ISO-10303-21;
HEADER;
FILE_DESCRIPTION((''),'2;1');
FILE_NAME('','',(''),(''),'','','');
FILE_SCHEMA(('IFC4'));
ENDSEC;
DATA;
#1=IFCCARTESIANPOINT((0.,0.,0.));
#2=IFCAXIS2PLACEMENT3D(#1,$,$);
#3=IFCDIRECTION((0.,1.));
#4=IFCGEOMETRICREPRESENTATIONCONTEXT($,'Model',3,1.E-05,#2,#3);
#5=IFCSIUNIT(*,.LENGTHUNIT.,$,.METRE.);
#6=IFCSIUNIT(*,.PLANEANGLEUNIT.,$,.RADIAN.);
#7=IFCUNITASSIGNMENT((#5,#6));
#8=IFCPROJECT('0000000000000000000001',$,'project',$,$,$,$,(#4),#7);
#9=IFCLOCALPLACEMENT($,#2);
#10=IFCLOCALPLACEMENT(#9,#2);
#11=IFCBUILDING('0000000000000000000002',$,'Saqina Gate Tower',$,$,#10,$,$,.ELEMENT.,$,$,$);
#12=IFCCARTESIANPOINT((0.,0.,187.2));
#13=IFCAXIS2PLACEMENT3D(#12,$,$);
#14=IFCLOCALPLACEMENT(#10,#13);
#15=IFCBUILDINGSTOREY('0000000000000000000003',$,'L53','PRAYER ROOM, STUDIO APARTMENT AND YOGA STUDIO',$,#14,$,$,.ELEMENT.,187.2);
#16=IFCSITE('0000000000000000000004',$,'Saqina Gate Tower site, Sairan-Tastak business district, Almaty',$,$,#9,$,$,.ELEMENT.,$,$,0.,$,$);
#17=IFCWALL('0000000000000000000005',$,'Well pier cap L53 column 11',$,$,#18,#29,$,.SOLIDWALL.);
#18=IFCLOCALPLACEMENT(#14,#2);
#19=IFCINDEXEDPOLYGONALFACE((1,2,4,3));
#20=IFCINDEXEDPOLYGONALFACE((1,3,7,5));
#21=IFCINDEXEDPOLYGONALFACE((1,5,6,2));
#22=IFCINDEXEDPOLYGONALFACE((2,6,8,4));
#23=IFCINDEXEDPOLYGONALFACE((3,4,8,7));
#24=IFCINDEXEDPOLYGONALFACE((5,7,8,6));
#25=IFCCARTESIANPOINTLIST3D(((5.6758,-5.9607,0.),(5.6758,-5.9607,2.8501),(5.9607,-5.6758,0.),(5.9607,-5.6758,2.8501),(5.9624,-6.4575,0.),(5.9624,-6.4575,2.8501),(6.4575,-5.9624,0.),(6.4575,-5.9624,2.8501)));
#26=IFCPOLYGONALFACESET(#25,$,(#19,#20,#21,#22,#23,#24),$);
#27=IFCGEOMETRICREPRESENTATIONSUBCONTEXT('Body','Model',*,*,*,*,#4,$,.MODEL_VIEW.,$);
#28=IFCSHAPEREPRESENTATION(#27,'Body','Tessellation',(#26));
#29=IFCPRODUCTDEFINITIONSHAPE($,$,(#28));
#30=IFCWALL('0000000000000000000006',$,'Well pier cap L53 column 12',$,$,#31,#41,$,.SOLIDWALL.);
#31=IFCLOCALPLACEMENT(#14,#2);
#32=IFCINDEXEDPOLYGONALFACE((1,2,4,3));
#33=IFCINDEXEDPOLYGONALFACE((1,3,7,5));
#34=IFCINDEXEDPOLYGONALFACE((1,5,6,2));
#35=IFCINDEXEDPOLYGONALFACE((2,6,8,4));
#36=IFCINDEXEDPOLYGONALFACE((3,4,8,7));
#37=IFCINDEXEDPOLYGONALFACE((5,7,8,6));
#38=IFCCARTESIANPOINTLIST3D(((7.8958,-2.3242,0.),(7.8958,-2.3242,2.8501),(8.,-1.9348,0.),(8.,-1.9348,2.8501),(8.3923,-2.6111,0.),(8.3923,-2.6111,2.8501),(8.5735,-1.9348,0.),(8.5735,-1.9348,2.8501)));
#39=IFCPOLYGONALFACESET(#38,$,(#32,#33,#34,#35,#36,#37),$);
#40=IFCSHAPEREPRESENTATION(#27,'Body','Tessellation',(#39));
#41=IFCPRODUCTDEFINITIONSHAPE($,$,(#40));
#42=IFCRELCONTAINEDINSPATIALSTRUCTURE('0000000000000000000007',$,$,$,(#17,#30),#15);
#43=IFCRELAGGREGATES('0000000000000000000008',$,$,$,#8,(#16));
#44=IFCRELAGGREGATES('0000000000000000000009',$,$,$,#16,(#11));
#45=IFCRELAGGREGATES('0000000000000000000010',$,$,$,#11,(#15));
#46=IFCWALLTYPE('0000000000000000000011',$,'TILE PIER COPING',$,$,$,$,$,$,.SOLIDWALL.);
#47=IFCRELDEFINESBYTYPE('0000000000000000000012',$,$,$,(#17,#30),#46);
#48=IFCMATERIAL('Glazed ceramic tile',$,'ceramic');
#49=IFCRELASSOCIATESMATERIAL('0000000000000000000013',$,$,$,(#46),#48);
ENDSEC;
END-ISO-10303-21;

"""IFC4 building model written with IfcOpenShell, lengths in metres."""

from ifc_helpers import new_model, si_unit, direction, frame, origin, place, context, subcontext, project, spatial, polyline, outline, extrude, material, type_object, element, save


model = new_model("IFC4")

# Units and contexts
model_context = context("Model", 3, precision=1e-05, world=origin(), true_north=direction((0.0, 1.0)))
body_context = subcontext(model_context, "Body", "Model", "MODEL_VIEW")
ifc_project = project(units=[si_unit("LENGTHUNIT", "METRE"), si_unit("PLANEANGLEUNIT", "RADIAN")], contexts=[model_context])

# Site, building, storey
site_placement = place(None, origin())
site = spatial("IfcSite", under=ifc_project, at=site_placement, Name="Saqina Gate Tower site, Sairan-Tastak business district, Almaty", CompositionType="ELEMENT", RefElevation=0.0)
building_placement = place(site_placement, origin())
building = spatial("IfcBuilding", under=site, at=building_placement, Name="Saqina Gate Tower", CompositionType="ELEMENT")
storey_placement = place(building_placement, frame((0.0, 0.0, 187.2)))
storey = spatial("IfcBuildingStorey", under=building, at=storey_placement, Name="L53", Description="PRAYER ROOM, STUDIO APARTMENT AND YOGA STUDIO", CompositionType="ELEMENT", Elevation=187.2)

# Walls
ifc_material_1 = material(Name="Glazed ceramic tile", Category="ceramic")
wall_type_1 = type_object("IfcWallType", Name="TILE PIER COPING", PredefinedType="SOLIDWALL", material=ifc_material_1)
wall_1_placement = place(storey_placement, origin())
element("IfcWall", 1, at=wall_1_placement, inside=storey, type_object=wall_type_1, Name="Well pier cap L53 column 11", PredefinedType="SOLIDWALL", context=body_context, shape_type="SweptSolid", body=[
    extrude(outline(polyline([(5.9624, -6.4575), (6.4575, -5.9624), (5.9607, -5.6758), (5.6758, -5.9607), (5.9624, -6.4575)])), origin(), (0.0, 0.0, 1.0), 2.8501),
])
wall_2_placement = place(storey_placement, origin())
element("IfcWall", 2, at=wall_2_placement, inside=storey, type_object=wall_type_1, Name="Well pier cap L53 column 12", PredefinedType="SOLIDWALL", context=body_context, shape_type="SweptSolid", body=[
    extrude(outline(polyline([(8.5735, -1.9348), (8.0, -1.9348), (7.8958, -2.3242), (8.3923, -2.6111), (8.5735, -1.9348)])), origin(), (0.0, 0.0, 1.0), 2.8501),
])

save(model, "model.ifc")
